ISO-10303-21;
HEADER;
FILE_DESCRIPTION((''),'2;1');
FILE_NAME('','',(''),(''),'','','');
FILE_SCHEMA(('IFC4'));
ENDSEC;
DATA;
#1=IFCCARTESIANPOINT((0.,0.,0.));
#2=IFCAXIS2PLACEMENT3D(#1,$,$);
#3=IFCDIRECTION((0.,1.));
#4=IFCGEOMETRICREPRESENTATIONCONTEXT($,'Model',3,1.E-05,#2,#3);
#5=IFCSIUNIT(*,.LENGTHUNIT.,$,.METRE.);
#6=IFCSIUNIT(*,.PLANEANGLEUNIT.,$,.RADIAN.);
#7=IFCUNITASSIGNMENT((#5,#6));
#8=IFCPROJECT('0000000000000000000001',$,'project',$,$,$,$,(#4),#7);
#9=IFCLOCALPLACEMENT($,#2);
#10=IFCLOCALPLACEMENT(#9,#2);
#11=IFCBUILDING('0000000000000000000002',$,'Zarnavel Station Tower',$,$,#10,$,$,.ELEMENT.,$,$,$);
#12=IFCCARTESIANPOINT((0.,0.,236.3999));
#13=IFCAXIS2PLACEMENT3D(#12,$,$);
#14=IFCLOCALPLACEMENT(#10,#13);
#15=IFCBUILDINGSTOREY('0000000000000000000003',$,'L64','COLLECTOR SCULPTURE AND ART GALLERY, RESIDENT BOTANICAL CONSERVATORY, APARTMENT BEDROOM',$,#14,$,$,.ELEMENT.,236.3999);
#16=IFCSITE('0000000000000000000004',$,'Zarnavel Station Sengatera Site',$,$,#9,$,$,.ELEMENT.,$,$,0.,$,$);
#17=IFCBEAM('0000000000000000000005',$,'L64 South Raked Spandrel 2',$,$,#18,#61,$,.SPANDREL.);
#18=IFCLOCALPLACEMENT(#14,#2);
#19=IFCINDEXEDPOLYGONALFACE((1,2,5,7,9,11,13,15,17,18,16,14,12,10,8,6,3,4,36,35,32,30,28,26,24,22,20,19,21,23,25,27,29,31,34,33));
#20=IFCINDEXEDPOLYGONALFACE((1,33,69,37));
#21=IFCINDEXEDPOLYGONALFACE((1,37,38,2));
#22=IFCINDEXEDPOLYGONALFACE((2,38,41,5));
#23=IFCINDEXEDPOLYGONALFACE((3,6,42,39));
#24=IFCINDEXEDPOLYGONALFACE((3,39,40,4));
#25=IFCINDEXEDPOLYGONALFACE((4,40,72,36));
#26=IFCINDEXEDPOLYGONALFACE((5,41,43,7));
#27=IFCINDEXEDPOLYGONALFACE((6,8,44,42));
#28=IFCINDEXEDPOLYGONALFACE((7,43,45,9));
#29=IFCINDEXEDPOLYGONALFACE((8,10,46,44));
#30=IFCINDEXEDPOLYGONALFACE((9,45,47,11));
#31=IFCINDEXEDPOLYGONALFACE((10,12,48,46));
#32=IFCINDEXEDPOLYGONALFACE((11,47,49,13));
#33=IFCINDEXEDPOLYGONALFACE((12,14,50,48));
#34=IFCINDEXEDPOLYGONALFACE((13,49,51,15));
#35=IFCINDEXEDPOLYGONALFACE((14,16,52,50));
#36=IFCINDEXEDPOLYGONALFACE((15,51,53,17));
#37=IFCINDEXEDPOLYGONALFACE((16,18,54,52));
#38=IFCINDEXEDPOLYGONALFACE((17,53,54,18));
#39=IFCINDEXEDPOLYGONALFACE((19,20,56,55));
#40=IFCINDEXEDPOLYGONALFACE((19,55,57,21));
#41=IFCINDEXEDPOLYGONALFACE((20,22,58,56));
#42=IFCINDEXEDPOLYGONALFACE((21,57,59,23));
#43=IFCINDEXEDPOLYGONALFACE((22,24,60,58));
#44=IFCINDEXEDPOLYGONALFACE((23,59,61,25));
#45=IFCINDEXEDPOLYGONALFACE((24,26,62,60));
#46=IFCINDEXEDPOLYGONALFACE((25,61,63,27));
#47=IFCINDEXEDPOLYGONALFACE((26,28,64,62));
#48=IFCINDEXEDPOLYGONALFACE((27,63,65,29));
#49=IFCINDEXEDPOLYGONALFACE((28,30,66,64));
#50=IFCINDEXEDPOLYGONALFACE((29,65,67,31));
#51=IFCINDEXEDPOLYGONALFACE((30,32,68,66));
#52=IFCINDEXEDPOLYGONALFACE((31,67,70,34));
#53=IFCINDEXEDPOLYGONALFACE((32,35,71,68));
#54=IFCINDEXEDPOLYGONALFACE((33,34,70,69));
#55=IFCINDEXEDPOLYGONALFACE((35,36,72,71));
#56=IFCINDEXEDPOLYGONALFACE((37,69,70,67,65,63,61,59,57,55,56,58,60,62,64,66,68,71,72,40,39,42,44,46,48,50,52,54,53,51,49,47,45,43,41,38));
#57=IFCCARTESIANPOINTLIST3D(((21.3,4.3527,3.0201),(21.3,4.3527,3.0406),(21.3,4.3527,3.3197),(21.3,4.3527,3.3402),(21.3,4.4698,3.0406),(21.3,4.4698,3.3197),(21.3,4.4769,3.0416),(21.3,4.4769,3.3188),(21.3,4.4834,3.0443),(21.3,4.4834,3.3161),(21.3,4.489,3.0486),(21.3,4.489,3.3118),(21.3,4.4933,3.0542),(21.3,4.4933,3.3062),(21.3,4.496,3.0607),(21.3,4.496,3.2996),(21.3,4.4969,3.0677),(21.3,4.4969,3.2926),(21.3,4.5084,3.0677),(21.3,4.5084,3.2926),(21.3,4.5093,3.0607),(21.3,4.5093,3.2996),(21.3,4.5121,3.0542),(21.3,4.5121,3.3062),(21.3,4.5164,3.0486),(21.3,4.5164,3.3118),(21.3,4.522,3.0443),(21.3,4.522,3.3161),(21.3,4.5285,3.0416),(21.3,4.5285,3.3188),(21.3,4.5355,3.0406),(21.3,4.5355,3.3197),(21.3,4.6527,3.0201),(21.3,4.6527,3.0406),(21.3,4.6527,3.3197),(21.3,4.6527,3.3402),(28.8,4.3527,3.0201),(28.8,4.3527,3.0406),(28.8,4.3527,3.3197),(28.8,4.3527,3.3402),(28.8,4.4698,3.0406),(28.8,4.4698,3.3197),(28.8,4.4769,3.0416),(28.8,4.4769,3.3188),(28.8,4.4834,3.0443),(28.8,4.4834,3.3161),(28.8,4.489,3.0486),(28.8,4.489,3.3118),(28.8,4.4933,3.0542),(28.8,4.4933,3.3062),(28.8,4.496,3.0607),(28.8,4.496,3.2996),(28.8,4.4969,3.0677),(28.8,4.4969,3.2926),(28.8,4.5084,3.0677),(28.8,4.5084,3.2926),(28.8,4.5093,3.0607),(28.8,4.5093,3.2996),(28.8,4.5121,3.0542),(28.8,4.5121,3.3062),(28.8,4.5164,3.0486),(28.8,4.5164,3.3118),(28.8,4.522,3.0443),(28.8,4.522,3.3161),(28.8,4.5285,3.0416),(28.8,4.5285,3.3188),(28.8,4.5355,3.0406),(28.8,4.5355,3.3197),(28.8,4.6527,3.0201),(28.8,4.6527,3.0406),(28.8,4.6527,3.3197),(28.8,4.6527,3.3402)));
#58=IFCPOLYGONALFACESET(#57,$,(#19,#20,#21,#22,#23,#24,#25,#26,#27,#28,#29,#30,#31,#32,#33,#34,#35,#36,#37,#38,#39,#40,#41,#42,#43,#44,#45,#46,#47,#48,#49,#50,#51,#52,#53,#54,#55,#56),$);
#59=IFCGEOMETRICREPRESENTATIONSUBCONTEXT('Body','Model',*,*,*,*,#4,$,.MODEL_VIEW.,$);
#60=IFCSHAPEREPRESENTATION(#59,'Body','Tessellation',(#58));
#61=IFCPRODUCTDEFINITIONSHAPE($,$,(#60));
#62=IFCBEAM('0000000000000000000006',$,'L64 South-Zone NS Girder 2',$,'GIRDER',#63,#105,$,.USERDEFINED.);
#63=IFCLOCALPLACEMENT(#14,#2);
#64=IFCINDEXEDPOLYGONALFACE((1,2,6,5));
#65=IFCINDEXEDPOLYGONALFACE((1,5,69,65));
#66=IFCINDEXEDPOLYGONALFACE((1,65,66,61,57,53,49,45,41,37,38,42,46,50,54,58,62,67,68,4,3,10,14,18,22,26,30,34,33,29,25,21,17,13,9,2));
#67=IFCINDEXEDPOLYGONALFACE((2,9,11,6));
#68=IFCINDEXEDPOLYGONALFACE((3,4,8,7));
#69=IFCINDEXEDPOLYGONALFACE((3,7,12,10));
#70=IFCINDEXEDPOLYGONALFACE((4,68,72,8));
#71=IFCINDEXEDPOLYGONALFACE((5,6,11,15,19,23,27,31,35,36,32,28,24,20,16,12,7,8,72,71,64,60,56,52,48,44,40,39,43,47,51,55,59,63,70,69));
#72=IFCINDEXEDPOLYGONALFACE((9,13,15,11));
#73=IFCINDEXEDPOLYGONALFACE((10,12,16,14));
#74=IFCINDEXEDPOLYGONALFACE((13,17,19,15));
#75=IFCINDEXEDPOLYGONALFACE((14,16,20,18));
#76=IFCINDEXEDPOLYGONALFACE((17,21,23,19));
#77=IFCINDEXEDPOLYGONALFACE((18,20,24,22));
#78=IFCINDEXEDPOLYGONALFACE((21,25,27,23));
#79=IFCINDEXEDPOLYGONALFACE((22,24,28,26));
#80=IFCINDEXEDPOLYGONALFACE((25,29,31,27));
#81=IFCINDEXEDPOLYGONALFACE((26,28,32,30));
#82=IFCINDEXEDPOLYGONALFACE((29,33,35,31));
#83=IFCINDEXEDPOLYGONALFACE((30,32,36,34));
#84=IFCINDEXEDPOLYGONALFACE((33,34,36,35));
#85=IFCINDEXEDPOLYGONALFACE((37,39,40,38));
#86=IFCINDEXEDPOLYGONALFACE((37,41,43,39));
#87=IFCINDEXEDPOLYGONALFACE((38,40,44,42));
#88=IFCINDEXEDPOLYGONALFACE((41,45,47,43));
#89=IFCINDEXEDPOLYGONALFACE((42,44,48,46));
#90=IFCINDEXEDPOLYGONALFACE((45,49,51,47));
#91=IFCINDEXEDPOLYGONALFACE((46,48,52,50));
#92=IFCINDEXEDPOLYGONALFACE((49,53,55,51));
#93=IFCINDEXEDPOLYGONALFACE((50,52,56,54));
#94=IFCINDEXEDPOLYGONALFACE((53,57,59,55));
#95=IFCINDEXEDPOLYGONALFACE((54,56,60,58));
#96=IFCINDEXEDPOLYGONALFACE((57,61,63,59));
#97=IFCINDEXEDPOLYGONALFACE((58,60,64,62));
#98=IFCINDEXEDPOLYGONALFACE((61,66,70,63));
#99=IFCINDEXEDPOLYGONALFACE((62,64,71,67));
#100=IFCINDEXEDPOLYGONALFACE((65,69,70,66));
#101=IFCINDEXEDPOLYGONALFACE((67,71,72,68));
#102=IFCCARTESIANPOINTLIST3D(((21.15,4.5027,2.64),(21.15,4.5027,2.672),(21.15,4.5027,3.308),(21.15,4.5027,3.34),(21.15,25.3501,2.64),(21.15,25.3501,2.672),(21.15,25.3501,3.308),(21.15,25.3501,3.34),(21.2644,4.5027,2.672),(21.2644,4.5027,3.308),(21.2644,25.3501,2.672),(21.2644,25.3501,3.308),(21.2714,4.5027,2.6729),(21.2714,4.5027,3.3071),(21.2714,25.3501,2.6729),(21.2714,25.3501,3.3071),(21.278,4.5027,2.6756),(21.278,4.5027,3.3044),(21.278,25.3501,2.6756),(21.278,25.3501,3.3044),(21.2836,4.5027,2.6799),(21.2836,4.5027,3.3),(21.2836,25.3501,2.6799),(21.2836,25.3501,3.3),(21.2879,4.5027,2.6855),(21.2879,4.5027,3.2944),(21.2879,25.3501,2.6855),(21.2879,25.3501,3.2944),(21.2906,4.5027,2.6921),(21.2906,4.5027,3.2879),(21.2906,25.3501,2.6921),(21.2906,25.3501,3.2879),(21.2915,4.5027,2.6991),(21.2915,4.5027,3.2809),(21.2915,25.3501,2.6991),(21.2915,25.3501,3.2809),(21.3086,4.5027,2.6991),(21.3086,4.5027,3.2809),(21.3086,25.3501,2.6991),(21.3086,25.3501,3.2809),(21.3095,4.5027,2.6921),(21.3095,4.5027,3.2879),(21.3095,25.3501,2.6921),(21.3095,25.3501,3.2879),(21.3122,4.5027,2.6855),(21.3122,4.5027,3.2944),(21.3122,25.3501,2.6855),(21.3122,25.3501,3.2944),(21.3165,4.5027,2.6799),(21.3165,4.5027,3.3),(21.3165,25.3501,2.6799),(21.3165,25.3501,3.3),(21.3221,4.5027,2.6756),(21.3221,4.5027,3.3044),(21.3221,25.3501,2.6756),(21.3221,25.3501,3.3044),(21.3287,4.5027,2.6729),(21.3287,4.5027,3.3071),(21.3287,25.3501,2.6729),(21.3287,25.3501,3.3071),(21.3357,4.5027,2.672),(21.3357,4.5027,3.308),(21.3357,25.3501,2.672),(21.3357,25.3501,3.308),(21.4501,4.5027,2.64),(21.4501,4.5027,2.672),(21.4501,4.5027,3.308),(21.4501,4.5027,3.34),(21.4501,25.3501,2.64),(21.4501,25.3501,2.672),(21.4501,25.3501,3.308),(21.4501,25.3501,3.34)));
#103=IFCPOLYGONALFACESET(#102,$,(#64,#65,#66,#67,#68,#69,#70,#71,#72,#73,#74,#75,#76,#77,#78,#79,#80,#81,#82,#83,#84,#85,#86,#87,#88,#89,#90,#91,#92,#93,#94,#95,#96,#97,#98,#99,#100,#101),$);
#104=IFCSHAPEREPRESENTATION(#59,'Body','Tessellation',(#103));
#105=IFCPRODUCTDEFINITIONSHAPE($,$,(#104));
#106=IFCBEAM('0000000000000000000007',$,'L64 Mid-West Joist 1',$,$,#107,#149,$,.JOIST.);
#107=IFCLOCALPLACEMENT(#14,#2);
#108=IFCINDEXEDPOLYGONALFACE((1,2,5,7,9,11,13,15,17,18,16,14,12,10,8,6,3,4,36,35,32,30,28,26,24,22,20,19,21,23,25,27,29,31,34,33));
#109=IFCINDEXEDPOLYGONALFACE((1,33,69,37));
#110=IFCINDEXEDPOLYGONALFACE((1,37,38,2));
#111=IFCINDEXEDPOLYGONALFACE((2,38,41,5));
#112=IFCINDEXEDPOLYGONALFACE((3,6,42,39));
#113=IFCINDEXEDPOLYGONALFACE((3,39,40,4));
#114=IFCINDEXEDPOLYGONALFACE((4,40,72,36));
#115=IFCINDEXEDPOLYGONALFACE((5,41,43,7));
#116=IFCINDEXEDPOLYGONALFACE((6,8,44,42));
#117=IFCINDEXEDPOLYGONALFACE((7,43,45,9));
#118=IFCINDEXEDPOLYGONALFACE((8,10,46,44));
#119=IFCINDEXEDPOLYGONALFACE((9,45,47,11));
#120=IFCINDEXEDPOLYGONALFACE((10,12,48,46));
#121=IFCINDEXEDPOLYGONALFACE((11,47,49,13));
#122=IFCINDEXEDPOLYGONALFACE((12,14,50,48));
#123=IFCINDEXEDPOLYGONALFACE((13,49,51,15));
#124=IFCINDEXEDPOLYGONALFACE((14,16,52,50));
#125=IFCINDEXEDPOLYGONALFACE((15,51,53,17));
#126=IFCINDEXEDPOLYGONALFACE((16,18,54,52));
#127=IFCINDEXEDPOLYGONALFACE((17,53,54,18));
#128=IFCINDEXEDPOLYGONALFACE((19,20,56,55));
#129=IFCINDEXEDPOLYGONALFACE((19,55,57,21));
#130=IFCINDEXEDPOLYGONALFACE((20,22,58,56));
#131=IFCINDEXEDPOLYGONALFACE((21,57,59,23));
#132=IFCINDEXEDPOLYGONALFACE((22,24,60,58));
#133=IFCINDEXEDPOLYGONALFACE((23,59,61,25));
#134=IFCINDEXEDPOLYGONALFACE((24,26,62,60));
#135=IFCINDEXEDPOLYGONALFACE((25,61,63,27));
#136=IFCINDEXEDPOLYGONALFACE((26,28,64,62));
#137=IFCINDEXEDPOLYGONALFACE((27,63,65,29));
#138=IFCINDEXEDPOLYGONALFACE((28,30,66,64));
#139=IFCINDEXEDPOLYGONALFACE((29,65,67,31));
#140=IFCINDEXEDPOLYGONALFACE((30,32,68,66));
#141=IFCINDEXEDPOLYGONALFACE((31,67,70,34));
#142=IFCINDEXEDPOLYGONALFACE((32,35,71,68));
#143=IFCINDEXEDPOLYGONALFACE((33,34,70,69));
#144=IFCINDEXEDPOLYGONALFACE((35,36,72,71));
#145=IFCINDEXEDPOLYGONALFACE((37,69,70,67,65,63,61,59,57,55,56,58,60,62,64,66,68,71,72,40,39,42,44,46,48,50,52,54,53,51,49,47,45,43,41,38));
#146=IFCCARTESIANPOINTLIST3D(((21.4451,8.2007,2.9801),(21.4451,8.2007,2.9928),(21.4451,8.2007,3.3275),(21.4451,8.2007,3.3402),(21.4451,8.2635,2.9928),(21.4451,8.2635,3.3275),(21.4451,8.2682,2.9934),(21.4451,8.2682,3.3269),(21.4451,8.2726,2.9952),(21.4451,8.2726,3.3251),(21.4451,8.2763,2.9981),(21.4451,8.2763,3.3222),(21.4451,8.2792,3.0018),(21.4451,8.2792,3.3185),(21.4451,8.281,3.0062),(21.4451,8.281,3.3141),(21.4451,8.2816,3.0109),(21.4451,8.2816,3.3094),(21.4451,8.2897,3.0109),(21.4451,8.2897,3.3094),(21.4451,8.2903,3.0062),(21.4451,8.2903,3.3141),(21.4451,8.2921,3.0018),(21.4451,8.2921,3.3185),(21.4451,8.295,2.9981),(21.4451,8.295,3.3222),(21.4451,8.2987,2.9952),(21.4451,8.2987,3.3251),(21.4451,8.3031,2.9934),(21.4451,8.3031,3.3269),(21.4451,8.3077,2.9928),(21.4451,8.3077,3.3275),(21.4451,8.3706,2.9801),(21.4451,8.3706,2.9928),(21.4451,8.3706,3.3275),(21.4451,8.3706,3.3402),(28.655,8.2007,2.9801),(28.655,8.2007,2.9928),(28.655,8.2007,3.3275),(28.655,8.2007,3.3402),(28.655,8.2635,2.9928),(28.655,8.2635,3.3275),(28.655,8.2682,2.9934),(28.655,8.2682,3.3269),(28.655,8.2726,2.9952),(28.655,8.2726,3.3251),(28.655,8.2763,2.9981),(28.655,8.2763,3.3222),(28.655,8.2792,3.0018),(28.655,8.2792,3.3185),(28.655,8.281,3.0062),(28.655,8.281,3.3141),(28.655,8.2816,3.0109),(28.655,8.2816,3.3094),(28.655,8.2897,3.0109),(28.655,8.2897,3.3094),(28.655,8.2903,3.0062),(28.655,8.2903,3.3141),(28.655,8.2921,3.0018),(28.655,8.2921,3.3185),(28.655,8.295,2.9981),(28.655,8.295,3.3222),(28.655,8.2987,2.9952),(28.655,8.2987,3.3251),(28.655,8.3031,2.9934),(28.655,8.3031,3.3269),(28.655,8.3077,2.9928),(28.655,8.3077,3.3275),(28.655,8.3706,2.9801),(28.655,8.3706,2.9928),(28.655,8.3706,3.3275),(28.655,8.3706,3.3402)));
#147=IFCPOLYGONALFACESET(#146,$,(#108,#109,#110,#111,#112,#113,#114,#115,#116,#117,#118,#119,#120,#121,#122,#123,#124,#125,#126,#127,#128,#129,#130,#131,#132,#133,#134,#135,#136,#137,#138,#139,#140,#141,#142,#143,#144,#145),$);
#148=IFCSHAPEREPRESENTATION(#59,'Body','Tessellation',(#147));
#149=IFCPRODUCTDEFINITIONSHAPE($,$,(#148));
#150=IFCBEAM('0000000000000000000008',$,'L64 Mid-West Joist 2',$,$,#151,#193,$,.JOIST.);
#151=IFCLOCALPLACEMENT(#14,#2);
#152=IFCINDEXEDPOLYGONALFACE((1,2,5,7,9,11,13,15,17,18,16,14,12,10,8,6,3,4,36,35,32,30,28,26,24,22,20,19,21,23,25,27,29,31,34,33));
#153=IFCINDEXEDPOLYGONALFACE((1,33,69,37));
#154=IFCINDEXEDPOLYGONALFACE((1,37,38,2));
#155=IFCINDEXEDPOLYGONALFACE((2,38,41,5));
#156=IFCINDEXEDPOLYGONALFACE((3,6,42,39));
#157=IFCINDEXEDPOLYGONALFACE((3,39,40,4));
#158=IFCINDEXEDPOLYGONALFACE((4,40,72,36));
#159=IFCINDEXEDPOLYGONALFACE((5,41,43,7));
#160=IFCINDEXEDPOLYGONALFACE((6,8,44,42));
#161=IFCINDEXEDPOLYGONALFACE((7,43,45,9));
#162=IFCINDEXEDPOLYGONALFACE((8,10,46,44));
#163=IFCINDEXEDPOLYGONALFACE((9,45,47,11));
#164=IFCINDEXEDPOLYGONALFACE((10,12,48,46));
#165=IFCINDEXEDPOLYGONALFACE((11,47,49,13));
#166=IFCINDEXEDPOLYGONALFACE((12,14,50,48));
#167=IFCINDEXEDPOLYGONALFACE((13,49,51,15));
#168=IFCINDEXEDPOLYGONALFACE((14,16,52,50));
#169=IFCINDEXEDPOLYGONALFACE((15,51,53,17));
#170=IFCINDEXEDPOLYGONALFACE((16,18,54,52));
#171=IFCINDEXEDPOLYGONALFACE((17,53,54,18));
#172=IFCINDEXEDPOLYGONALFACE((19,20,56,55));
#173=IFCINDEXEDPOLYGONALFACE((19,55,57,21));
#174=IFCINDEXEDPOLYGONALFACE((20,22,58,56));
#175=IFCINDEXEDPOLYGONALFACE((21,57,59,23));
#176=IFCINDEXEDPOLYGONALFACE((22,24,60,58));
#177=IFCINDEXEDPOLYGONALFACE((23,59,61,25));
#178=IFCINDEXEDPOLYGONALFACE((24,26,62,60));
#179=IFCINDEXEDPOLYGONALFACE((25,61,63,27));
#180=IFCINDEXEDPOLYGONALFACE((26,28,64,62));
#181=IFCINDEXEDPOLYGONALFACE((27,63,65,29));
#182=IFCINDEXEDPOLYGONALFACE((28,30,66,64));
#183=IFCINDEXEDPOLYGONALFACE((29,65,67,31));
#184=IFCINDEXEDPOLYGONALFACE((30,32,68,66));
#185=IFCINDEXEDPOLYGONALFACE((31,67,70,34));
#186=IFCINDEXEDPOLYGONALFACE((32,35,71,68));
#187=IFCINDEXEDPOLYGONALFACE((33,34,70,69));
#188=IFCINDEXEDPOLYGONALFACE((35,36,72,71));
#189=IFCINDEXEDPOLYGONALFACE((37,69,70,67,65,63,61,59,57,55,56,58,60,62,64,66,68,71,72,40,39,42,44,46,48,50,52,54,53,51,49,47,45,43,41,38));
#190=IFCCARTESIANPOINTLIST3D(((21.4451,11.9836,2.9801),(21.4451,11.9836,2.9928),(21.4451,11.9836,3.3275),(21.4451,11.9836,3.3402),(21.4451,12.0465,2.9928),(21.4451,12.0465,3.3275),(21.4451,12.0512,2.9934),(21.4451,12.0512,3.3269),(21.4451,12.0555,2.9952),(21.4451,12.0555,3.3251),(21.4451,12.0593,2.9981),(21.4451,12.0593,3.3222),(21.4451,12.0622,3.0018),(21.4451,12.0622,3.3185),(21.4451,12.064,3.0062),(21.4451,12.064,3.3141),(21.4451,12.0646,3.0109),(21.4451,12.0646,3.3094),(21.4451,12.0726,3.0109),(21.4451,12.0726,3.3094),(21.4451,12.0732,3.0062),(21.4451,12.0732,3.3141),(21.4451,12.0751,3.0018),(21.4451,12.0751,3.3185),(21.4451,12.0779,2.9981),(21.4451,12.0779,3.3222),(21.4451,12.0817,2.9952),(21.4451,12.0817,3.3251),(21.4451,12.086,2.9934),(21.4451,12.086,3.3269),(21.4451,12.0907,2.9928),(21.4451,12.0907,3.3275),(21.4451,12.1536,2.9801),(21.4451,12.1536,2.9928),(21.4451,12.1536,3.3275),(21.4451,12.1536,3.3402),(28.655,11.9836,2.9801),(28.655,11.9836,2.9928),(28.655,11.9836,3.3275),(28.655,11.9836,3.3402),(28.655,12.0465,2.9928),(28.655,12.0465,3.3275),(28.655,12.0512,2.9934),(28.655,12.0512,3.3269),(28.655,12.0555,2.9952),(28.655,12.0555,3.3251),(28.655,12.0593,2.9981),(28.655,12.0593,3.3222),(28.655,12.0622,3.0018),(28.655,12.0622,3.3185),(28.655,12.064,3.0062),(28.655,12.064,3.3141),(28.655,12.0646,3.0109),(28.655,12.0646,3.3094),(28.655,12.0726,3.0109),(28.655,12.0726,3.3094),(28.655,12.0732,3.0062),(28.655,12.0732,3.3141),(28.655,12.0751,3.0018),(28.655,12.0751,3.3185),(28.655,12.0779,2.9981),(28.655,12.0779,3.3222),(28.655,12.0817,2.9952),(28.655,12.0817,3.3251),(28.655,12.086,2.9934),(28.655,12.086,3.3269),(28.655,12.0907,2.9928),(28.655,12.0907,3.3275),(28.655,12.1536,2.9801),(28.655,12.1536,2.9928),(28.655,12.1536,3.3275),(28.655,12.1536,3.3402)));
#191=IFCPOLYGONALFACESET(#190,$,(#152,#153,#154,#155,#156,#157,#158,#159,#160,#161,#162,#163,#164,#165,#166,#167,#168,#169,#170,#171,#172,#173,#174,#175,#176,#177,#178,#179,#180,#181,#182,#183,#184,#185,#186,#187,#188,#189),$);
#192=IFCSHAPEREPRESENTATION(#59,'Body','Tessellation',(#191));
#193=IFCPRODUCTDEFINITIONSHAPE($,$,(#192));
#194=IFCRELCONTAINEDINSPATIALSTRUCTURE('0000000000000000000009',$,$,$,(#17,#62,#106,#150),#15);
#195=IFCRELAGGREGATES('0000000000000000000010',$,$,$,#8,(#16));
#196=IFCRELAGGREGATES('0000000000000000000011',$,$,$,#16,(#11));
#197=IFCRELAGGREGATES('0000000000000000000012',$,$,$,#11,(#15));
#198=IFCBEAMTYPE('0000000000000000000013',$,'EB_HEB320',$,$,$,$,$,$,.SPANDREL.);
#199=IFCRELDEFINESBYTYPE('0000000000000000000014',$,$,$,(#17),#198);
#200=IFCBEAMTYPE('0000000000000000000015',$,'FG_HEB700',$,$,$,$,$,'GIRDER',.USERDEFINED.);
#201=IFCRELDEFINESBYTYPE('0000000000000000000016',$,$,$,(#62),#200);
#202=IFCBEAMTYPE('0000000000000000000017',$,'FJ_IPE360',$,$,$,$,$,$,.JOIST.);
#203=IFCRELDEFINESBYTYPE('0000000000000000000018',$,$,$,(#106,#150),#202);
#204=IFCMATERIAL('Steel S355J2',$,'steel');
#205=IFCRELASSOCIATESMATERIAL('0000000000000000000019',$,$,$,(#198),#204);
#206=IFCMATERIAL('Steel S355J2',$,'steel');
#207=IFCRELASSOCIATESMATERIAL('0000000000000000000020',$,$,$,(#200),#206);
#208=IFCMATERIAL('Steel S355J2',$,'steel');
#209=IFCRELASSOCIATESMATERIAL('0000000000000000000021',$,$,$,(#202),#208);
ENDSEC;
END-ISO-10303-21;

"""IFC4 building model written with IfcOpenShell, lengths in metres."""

from ifc_helpers import new_model, si_unit, direction, frame, origin, origin_2d, place, context, subcontext, project, spatial, i_section, extrude, material, material_profile, profile_set, type_object, element, save


model = new_model("IFC4")

# Units and contexts
model_context = context("Model", 3, precision=1e-05, world=origin(), true_north=direction((0.0, 1.0)))
body_context = subcontext(model_context, "Body", "Model", "MODEL_VIEW")
ifc_project = project(units=[si_unit("LENGTHUNIT", "METRE"), si_unit("PLANEANGLEUNIT", "RADIAN")], contexts=[model_context])

# Site, building, storey
site_placement = place(None, origin())
site = spatial("IfcSite", under=ifc_project, at=site_placement, Name="Zarnavel Station Sengatera Site", CompositionType="ELEMENT", RefElevation=0.0)
building_placement = place(site_placement, origin())
building = spatial("IfcBuilding", under=site, at=building_placement, Name="Zarnavel Station Tower", CompositionType="ELEMENT")
storey_placement = place(building_placement, frame((0.0, 0.0, 236.3999)))
storey = spatial("IfcBuildingStorey", under=building, at=storey_placement, Name="L64", Description="COLLECTOR SCULPTURE AND ART GALLERY, RESIDENT BOTANICAL CONSERVATORY, APARTMENT BEDROOM", CompositionType="ELEMENT", Elevation=236.3999)

# Beams
ifc_material_1 = material(Name="Steel S355J2", Category="steel")
ifc_material_profile_1 = material_profile(ifc_material_1, i_section(OverallWidth=0.3, OverallDepth=0.3201, WebThickness=0.0115, FlangeThickness=0.0205, FilletRadius=0.0271, at=origin_2d()), Name="HEB320")
ifc_profile_set_1 = profile_set([ifc_material_profile_1], Name="Steel S355J2")
beam_type_1 = type_object("IfcBeamType", Name="EB_HEB320", PredefinedType="SPANDREL", material=ifc_profile_set_1)
beam_1_placement = place(storey_placement, frame((21.3, 4.5027, 3.1802), z_axis=(1.0, 0.0, 0.0), x_axis=(0.0, 1.0, 0.0)))
element("IfcBeam", 1, at=beam_1_placement, inside=storey, type_object=beam_type_1, Name="L64 South Raked Spandrel 2", PredefinedType="SPANDREL", context=body_context, shape_type="SweptSolid", body=[
    extrude(i_section(OverallWidth=0.3, OverallDepth=0.3201, WebThickness=0.0115, FlangeThickness=0.0205, FilletRadius=0.0271, at=origin_2d()), origin(), (0.0, 0.0, 1.0), 7.5),
])
ifc_material_2 = material(Name="Steel S355J2", Category="steel")
ifc_material_profile_2 = material_profile(ifc_material_2, i_section(OverallWidth=0.3, OverallDepth=0.7, WebThickness=0.0171, FlangeThickness=0.032, FilletRadius=0.0271, at=origin_2d()), Name="HEB700")
ifc_profile_set_2 = profile_set([ifc_material_profile_2], Name="Steel S355J2")
beam_type_2 = type_object("IfcBeamType", Name="FG_HEB700", ElementType="GIRDER", PredefinedType="USERDEFINED", material=ifc_profile_set_2)
beam_2_placement = place(storey_placement, frame((21.3, 4.5027, 2.99), z_axis=(0.0, 1.0, 0.0), x_axis=(-1.0, 0.0, 0.0)))
element("IfcBeam", 2, at=beam_2_placement, inside=storey, type_object=beam_type_2, Name="L64 South-Zone NS Girder 2", ObjectType="GIRDER", PredefinedType="USERDEFINED", context=body_context, shape_type="SweptSolid", body=[
    extrude(i_section(OverallWidth=0.3, OverallDepth=0.7, WebThickness=0.0171, FlangeThickness=0.032, FilletRadius=0.0271, at=origin_2d()), origin(), (0.0, 0.0, 1.0), 20.8474),
])
ifc_material_3 = material(Name="Steel S355J2", Category="steel")
ifc_material_profile_3 = material_profile(ifc_material_3, i_section(OverallWidth=0.1699, OverallDepth=0.3601, WebThickness=0.0081, FlangeThickness=0.0127, FilletRadius=0.0181, at=origin_2d()), Name="IPE360")
ifc_profile_set_3 = profile_set([ifc_material_profile_3], Name="Steel S355J2")
beam_type_3 = type_object("IfcBeamType", Name="FJ_IPE360", PredefinedType="JOIST", material=ifc_profile_set_3)
for number, where, z_axis, x_axis, name in (
    (3, (21.4451, 8.2856, 3.1602), (1.0, 0.0, 0.0), (0.0, 1.0, 0.0), "L64 Mid-West Joist 1"),
    (4, (21.4451, 12.0686, 3.1602), (1.0, 0.0, 0.0), (0.0, 1.0, 0.0), "L64 Mid-West Joist 2"),
):
    element("IfcBeam", number, at=place(storey_placement, frame(where, z_axis=z_axis, x_axis=x_axis)), inside=storey, type_object=beam_type_3, Name=name, PredefinedType="JOIST", context=body_context, shape_type="SweptSolid", body=[
        extrude(i_section(OverallWidth=0.1699, OverallDepth=0.3601, WebThickness=0.0081, FlangeThickness=0.0127, FilletRadius=0.0181, at=origin_2d()), origin(), (0.0, 0.0, 1.0), 7.21),
    ])

save(model, "model.ifc")
